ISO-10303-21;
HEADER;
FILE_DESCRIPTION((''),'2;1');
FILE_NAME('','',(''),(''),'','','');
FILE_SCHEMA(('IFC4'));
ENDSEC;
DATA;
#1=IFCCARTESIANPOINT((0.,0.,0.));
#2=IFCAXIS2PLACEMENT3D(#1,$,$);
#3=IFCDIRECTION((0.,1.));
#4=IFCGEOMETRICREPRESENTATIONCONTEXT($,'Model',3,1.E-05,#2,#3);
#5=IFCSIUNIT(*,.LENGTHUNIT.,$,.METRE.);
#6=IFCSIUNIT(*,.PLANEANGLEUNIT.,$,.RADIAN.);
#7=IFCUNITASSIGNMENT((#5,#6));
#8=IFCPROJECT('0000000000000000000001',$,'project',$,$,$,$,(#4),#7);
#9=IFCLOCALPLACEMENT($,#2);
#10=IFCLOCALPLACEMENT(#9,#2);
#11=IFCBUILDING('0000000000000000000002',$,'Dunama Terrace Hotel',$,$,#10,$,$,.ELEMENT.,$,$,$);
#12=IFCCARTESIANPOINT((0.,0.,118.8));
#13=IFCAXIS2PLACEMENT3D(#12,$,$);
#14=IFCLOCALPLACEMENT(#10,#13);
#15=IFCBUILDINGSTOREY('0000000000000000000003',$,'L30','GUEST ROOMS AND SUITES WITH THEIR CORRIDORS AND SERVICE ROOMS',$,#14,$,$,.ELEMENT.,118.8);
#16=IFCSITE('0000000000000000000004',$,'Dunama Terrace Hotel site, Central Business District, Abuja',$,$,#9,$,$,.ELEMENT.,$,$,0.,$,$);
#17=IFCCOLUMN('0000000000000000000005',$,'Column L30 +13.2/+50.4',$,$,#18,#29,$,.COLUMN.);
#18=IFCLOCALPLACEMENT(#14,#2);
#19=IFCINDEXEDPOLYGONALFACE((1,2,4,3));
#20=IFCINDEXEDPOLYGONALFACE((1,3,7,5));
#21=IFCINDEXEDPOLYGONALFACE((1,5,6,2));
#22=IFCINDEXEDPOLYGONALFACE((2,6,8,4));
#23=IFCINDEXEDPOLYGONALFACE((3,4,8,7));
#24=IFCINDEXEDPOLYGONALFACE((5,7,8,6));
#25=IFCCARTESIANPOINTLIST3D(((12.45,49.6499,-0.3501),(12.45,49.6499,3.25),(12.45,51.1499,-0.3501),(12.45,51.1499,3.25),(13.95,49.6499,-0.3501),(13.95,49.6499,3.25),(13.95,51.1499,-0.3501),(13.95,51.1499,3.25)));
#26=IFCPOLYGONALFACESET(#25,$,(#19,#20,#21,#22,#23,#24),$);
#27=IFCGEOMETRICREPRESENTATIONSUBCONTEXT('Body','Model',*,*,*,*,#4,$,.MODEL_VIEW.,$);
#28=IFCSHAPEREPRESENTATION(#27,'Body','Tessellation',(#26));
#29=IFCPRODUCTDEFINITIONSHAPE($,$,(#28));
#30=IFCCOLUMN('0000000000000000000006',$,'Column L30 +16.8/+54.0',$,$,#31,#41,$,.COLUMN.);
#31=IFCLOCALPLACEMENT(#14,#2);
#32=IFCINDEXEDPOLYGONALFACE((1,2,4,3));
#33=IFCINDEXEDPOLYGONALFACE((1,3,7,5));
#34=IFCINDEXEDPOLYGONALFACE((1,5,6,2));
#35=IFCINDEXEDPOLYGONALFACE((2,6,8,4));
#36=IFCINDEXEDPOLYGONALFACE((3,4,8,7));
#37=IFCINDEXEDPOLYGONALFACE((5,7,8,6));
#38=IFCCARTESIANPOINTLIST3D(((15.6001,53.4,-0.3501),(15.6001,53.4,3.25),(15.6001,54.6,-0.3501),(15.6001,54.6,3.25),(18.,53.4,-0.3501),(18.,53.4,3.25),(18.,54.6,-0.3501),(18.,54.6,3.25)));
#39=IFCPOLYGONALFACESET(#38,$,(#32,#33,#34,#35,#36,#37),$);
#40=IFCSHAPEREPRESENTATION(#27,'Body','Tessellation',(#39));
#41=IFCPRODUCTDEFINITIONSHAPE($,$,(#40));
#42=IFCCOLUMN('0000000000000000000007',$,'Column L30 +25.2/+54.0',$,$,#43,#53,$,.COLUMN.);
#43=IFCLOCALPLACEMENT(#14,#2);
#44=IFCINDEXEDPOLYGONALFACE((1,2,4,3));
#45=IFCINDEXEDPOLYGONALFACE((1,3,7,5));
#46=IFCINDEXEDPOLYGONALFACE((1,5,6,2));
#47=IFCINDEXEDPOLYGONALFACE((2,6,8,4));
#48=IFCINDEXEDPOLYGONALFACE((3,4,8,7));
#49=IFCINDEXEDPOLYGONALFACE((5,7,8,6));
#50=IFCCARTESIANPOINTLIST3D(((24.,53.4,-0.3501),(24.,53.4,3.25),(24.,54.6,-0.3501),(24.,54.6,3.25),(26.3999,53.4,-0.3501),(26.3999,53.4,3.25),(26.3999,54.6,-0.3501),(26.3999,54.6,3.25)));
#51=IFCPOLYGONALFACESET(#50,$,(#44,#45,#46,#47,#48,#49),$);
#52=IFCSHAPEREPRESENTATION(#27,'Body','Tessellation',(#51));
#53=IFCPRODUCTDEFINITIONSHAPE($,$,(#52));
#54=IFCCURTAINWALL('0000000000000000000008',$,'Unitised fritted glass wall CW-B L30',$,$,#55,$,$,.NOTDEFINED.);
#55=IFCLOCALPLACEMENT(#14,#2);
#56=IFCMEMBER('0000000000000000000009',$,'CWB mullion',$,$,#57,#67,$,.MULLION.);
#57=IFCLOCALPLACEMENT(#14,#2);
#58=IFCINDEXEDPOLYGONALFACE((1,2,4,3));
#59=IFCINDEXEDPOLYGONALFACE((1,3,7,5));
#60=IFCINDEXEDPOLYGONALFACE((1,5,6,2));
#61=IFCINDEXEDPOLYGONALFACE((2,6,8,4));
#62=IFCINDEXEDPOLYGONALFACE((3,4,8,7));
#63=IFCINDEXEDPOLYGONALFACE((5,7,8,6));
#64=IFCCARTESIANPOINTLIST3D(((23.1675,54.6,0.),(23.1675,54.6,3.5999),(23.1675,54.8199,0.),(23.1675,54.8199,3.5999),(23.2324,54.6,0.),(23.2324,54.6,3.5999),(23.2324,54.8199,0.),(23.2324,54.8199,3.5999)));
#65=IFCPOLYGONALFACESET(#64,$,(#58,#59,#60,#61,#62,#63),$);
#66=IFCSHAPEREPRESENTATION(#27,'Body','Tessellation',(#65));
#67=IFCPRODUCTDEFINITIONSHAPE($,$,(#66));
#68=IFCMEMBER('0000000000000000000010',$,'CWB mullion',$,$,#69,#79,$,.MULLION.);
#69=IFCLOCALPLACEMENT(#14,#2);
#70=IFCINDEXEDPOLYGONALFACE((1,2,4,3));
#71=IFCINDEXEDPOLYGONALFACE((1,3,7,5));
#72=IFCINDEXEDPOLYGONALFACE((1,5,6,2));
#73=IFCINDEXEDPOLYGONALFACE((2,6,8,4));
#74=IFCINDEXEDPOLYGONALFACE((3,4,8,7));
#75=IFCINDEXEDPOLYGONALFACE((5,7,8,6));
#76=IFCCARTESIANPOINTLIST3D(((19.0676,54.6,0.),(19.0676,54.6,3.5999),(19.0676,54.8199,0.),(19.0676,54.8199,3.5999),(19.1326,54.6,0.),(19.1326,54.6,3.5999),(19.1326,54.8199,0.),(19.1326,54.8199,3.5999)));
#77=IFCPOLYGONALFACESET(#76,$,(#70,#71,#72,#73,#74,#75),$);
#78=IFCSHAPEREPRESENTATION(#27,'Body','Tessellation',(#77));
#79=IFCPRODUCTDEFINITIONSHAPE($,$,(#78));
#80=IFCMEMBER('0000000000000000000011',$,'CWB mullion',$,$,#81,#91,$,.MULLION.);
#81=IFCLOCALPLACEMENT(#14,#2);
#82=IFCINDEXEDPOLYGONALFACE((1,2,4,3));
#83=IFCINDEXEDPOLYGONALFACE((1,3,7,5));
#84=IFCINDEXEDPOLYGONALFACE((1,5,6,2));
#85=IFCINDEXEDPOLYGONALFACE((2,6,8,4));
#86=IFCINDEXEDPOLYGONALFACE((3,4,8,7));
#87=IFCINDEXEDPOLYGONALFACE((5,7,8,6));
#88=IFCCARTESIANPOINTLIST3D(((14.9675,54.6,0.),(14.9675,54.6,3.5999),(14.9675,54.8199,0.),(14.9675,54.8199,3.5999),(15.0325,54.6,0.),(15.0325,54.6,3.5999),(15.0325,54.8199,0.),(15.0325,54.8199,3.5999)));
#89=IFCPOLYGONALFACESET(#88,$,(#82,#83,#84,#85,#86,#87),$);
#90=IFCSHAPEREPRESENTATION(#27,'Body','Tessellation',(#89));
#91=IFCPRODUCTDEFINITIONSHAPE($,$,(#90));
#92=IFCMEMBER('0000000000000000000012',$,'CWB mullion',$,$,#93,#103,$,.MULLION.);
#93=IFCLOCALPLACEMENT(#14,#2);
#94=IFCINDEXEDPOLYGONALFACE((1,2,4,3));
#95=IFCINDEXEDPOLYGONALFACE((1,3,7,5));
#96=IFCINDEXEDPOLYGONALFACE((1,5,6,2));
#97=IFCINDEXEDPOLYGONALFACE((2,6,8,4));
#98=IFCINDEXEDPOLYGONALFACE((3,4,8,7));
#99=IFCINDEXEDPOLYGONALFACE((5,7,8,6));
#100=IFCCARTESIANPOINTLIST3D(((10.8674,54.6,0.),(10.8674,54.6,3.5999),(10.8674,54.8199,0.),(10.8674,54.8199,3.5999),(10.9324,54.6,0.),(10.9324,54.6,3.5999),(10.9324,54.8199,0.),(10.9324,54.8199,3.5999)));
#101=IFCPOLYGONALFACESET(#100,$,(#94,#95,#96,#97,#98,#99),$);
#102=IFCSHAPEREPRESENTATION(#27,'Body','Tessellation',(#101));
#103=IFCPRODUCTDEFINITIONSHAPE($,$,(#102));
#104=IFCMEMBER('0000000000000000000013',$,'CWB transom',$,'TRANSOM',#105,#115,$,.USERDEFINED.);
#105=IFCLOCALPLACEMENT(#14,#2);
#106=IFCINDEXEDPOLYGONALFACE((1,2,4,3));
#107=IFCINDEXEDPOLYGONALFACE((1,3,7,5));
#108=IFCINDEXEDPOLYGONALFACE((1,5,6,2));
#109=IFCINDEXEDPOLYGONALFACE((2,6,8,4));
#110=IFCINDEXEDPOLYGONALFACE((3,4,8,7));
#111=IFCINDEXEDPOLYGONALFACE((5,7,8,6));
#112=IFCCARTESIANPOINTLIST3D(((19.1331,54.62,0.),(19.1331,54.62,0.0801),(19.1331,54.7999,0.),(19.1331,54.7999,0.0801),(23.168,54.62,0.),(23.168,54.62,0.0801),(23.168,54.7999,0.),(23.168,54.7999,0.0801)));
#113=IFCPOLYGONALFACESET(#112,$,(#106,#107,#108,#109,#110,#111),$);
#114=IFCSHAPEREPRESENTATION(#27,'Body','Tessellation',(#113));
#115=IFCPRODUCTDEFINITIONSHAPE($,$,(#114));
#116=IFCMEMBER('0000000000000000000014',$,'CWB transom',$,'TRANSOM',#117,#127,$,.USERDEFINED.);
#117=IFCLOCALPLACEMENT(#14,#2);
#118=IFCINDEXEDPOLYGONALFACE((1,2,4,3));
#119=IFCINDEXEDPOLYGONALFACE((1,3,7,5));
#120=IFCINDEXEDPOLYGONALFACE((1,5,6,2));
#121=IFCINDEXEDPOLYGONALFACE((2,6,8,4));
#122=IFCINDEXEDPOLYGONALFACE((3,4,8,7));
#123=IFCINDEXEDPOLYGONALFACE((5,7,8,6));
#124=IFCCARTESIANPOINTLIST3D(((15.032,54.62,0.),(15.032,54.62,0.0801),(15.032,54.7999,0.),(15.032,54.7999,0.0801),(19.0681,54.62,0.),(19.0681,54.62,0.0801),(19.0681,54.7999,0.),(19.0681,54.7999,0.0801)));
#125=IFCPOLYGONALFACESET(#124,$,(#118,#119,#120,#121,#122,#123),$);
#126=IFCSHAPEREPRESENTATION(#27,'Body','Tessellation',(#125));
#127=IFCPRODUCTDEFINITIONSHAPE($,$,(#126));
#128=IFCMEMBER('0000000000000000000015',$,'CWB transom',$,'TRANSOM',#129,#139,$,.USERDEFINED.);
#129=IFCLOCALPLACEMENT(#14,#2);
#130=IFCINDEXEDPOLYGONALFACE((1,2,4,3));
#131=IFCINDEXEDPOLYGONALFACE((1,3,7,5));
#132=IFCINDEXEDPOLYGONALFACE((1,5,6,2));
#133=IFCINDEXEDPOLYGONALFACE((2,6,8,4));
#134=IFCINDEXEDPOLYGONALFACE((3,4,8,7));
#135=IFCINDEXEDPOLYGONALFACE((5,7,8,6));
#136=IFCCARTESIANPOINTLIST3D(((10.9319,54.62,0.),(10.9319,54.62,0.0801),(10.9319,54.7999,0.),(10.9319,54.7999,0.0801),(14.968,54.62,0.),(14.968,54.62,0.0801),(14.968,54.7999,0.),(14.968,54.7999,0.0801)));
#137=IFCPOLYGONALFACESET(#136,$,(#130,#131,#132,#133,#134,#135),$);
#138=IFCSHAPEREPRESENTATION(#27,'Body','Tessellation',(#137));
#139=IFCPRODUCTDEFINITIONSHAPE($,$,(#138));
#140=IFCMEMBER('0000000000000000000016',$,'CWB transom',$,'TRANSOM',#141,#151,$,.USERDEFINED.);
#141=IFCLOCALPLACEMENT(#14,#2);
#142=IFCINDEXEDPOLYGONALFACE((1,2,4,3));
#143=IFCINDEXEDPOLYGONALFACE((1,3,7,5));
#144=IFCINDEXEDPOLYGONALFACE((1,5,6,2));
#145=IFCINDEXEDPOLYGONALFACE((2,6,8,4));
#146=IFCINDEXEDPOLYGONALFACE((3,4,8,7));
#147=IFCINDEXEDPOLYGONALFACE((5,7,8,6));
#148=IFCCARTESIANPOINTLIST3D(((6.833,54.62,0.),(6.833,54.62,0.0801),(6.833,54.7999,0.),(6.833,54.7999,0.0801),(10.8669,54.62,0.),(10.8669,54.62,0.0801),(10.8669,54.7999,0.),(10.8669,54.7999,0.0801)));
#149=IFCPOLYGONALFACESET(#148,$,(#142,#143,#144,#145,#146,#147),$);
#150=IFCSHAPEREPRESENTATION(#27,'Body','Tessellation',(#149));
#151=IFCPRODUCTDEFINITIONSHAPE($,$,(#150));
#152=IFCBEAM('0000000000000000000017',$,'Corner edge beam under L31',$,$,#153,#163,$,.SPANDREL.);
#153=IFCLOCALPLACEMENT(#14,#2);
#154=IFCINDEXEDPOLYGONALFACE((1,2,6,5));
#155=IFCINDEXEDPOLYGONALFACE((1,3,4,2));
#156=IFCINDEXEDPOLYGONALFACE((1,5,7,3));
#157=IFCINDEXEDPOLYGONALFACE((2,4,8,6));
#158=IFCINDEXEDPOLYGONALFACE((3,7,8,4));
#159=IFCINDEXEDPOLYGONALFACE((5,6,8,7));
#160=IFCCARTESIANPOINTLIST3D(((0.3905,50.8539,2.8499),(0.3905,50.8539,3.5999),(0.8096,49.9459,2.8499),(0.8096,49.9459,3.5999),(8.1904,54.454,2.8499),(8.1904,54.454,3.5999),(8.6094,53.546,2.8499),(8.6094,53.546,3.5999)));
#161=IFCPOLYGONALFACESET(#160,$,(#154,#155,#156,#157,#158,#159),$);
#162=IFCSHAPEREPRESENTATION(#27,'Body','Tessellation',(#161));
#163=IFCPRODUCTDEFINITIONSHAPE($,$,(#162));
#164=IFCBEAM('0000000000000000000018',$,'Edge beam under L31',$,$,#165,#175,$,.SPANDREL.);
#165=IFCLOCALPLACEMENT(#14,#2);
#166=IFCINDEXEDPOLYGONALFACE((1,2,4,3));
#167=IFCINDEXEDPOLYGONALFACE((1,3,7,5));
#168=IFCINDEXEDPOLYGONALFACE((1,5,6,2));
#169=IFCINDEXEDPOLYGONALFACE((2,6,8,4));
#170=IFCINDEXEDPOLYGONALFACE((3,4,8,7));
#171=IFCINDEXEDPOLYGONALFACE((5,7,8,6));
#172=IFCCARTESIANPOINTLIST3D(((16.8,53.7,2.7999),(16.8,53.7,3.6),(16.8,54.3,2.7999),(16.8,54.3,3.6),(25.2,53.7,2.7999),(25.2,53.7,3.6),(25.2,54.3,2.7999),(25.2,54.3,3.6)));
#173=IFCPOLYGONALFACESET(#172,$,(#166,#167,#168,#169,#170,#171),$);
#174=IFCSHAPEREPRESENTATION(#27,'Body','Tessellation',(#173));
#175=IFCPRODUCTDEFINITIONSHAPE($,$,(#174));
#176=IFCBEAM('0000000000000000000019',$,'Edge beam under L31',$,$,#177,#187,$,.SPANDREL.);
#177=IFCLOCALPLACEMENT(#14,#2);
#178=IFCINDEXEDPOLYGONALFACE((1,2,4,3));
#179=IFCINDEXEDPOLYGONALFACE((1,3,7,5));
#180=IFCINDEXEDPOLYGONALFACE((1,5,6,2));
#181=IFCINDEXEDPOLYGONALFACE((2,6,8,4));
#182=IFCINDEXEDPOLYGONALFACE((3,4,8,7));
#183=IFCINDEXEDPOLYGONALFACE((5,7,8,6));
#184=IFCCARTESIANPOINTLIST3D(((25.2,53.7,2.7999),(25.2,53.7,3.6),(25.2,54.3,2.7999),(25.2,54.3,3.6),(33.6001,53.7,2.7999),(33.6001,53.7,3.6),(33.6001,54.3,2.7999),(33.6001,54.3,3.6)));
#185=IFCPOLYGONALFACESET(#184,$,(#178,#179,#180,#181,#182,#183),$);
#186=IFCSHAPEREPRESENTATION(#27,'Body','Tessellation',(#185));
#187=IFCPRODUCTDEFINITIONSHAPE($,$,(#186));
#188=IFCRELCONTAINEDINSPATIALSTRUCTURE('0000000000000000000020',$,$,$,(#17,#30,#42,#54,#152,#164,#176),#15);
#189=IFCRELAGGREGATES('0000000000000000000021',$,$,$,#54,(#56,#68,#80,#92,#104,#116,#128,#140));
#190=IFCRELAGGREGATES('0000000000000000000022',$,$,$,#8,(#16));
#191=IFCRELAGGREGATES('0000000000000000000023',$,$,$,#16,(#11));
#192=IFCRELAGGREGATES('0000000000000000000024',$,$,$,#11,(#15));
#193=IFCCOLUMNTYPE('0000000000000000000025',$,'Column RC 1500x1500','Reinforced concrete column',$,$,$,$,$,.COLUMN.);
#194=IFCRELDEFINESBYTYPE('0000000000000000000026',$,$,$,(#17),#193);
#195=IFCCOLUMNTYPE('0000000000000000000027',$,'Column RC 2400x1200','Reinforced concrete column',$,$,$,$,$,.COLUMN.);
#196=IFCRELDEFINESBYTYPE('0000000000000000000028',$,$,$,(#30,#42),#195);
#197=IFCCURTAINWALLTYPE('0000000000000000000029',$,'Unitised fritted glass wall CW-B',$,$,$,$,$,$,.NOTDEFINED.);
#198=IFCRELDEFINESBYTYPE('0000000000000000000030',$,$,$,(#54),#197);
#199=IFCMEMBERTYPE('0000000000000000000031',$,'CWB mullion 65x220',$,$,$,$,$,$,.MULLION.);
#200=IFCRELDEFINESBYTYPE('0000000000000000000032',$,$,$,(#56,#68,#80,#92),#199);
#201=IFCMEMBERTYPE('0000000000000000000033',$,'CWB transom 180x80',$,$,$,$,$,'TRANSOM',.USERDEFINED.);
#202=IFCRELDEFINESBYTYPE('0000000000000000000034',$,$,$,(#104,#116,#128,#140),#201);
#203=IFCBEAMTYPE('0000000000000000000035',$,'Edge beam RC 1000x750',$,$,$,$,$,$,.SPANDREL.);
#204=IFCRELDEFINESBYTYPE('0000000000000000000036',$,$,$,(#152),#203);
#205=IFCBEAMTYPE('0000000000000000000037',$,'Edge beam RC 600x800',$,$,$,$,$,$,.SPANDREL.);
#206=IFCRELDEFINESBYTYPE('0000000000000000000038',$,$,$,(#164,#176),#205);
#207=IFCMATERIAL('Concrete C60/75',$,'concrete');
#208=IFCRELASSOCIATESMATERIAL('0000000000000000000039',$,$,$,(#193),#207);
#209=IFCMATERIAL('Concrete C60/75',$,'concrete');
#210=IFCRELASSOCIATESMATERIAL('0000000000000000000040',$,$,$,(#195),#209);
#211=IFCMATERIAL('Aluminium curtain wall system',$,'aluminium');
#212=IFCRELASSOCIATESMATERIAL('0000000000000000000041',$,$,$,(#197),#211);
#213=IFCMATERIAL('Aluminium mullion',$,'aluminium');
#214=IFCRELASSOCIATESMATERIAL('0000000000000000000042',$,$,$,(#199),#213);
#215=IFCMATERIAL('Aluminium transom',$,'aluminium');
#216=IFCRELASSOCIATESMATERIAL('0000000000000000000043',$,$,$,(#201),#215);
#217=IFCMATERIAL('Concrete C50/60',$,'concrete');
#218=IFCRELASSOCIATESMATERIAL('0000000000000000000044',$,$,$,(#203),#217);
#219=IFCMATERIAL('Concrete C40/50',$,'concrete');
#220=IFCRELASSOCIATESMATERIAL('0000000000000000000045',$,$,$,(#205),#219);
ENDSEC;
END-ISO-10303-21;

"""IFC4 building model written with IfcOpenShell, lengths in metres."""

from ifc_helpers import new_model, si_unit, direction, frame, origin, origin_2d, place, context, subcontext, project, spatial, rectangle, extrude, material, material_profile, profile_set, type_object, element, aggregate, save


model = new_model("IFC4")

# Units and contexts
model_context = context("Model", 3, precision=1e-05, world=origin(), true_north=direction((0.0, 1.0)))
body_context = subcontext(model_context, "Body", "Model", "MODEL_VIEW")
ifc_project = project(units=[si_unit("LENGTHUNIT", "METRE"), si_unit("PLANEANGLEUNIT", "RADIAN")], contexts=[model_context])

# Site, building, storey
site_placement = place(None, origin())
site = spatial("IfcSite", under=ifc_project, at=site_placement, Name="Dunama Terrace Hotel site, Central Business District, Abuja", CompositionType="ELEMENT", RefElevation=0.0)
building_placement = place(site_placement, origin())
building = spatial("IfcBuilding", under=site, at=building_placement, Name="Dunama Terrace Hotel", CompositionType="ELEMENT")
storey_placement = place(building_placement, frame((0.0, 0.0, 118.8)))
storey = spatial("IfcBuildingStorey", under=building, at=storey_placement, Name="L30", Description="GUEST ROOMS AND SUITES WITH THEIR CORRIDORS AND SERVICE ROOMS", CompositionType="ELEMENT", Elevation=118.8)

# Columns
ifc_material_1 = material(Name="Concrete C60/75", Category="concrete")
ifc_material_profile_1 = material_profile(ifc_material_1, rectangle(XDim=1.5, YDim=1.5, at=origin_2d()), Name="RC 1500x1500")
ifc_profile_set_1 = profile_set([ifc_material_profile_1], Name="Concrete C60/75")
column_type_1 = type_object("IfcColumnType", Name="Column RC 1500x1500", Description="Reinforced concrete column", PredefinedType="COLUMN", material=ifc_profile_set_1)
column_placement = place(storey_placement, frame((13.2, 50.3999, -0.3501), z_axis=(0.0, 0.0, 1.0), x_axis=(1.0, 0.0, 0.0)))
element("IfcColumn", 1, at=column_placement, inside=storey, type_object=column_type_1, Name="Column L30 +13.2/+50.4", PredefinedType="COLUMN", context=body_context, shape_type="SweptSolid", body=[
    extrude(rectangle(XDim=1.5, YDim=1.5, at=origin_2d()), origin(), (0.0, 0.0, 1.0), 3.6001),
])
ifc_material_2 = material(Name="Concrete C60/75", Category="concrete")
ifc_material_profile_2 = material_profile(ifc_material_2, rectangle(XDim=2.3999, YDim=1.2, at=origin_2d()), Name="RC 2400x1200")
ifc_profile_set_2 = profile_set([ifc_material_profile_2], Name="Concrete C60/75")
column_type_2 = type_object("IfcColumnType", Name="Column RC 2400x1200", Description="Reinforced concrete column", PredefinedType="COLUMN", material=ifc_profile_set_2)
for number, where, z_axis, x_axis, name in (
    (2, (16.8, 54.0, -0.3501), (0.0, 0.0, 1.0), (1.0, 0.0, 0.0), "Column L30 +16.8/+54.0"),
    (3, (25.2, 54.0, -0.3501), (0.0, 0.0, 1.0), (1.0, 0.0, 0.0), "Column L30 +25.2/+54.0"),
):
    element("IfcColumn", number, at=place(storey_placement, frame(where, z_axis=z_axis, x_axis=x_axis)), inside=storey, type_object=column_type_2, Name=name, PredefinedType="COLUMN", context=body_context, shape_type="SweptSolid", body=[
        extrude(rectangle(XDim=2.3999, YDim=1.2, at=origin_2d()), origin(), (0.0, 0.0, 1.0), 3.6001),
    ])

# Curtain wall, members
ifc_material_3 = material(Name="Aluminium curtain wall system", Category="aluminium")
curtain_wall_type = type_object("IfcCurtainWallType", Name="Unitised fritted glass wall CW-B", PredefinedType="NOTDEFINED", material=ifc_material_3)
curtain_wall_placement = place(storey_placement, origin())
curtain_wall = element("IfcCurtainWall", 4, at=curtain_wall_placement, inside=storey, type_object=curtain_wall_type, Name="Unitised fritted glass wall CW-B L30", PredefinedType="NOTDEFINED")
ifc_material_4 = material(Name="Aluminium mullion", Category="aluminium")
ifc_material_profile_3 = material_profile(ifc_material_4, rectangle(XDim=0.0649, YDim=0.22, at=origin_2d()), Name="CWB MULLION 65X220")
ifc_profile_set_3 = profile_set([ifc_material_profile_3], Name="Aluminium mullion")
member_type_1 = type_object("IfcMemberType", Name="CWB mullion 65x220", PredefinedType="MULLION", material=ifc_profile_set_3)
member_1_placement = place(storey_placement, frame((23.2, 54.71, 0.0), z_axis=(0.0, 0.0, 1.0), x_axis=(-1.0, 0.0, 0.0)))
member_1 = element("IfcMember", 5, at=member_1_placement, type_object=member_type_1, Name="CWB mullion", PredefinedType="MULLION", context=body_context, shape_type="SweptSolid", body=[
    extrude(rectangle(XDim=0.0649, YDim=0.22, at=origin_2d()), origin(), (0.0, 0.0, 1.0), 3.5999),
])
member_2_placement = place(storey_placement, frame((19.1001, 54.71, 0.0), z_axis=(0.0, 0.0, 1.0), x_axis=(-1.0, 0.0, 0.0)))
member_2 = element("IfcMember", 6, at=member_2_placement, type_object=member_type_1, Name="CWB mullion", PredefinedType="MULLION", context=body_context, shape_type="SweptSolid", body=[
    extrude(rectangle(XDim=0.0649, YDim=0.22, at=origin_2d()), origin(), (0.0, 0.0, 1.0), 3.5999),
])
member_3_placement = place(storey_placement, frame((15.0, 54.71, 0.0), z_axis=(0.0, 0.0, 1.0), x_axis=(-1.0, 0.0, 0.0)))
member_3 = element("IfcMember", 7, at=member_3_placement, type_object=member_type_1, Name="CWB mullion", PredefinedType="MULLION", context=body_context, shape_type="SweptSolid", body=[
    extrude(rectangle(XDim=0.0649, YDim=0.22, at=origin_2d()), origin(), (0.0, 0.0, 1.0), 3.5999),
])
member_4_placement = place(storey_placement, frame((10.8999, 54.71, 0.0), z_axis=(0.0, 0.0, 1.0), x_axis=(-1.0, 0.0, 0.0)))
member_4 = element("IfcMember", 8, at=member_4_placement, type_object=member_type_1, Name="CWB mullion", PredefinedType="MULLION", context=body_context, shape_type="SweptSolid", body=[
    extrude(rectangle(XDim=0.0649, YDim=0.22, at=origin_2d()), origin(), (0.0, 0.0, 1.0), 3.5999),
])
ifc_material_5 = material(Name="Aluminium transom", Category="aluminium")
ifc_material_profile_4 = material_profile(ifc_material_5, rectangle(XDim=0.1799, YDim=0.0801, at=origin_2d()), Name="CWB TRANSOM 180X80")
ifc_profile_set_4 = profile_set([ifc_material_profile_4], Name="Aluminium transom")
member_type_2 = type_object("IfcMemberType", Name="CWB transom 180x80", ElementType="TRANSOM", PredefinedType="USERDEFINED", material=ifc_profile_set_4)
member_5_placement = place(storey_placement, frame((23.168, 54.71, 0.04), z_axis=(-1.0, 0.0, 0.0), x_axis=(0.0, -1.0, 0.0)))
member_5 = element("IfcMember", 9, at=member_5_placement, type_object=member_type_2, Name="CWB transom", ObjectType="TRANSOM", PredefinedType="USERDEFINED", context=body_context, shape_type="SweptSolid", body=[
    extrude(rectangle(XDim=0.1799, YDim=0.0801, at=origin_2d()), origin(), (0.0, 0.0, 1.0), 4.0349),
])
member_6_placement = place(storey_placement, frame((19.0681, 54.71, 0.04), z_axis=(-1.0, 0.0, 0.0), x_axis=(0.0, -1.0, 0.0)))
member_6 = element("IfcMember", 10, at=member_6_placement, type_object=member_type_2, Name="CWB transom", ObjectType="TRANSOM", PredefinedType="USERDEFINED", context=body_context, shape_type="SweptSolid", body=[
    extrude(rectangle(XDim=0.1799, YDim=0.0801, at=origin_2d()), origin(), (0.0, 0.0, 1.0), 4.0361),
])
member_7_placement = place(storey_placement, frame((14.968, 54.71, 0.04), z_axis=(-1.0, 0.0, 0.0), x_axis=(0.0, -1.0, 0.0)))
member_7 = element("IfcMember", 11, at=member_7_placement, type_object=member_type_2, Name="CWB transom", ObjectType="TRANSOM", PredefinedType="USERDEFINED", context=body_context, shape_type="SweptSolid", body=[
    extrude(rectangle(XDim=0.1799, YDim=0.0801, at=origin_2d()), origin(), (0.0, 0.0, 1.0), 4.0361),
])
member_8_placement = place(storey_placement, frame((10.8669, 54.71, 0.04), z_axis=(-1.0, 0.0, 0.0), x_axis=(0.0, -1.0, 0.0)))
member_8 = element("IfcMember", 12, at=member_8_placement, type_object=member_type_2, Name="CWB transom", ObjectType="TRANSOM", PredefinedType="USERDEFINED", context=body_context, shape_type="SweptSolid", body=[
    extrude(rectangle(XDim=0.1799, YDim=0.0801, at=origin_2d()), origin(), (0.0, 0.0, 1.0), 4.0339),
])

# Beams
ifc_material_6 = material(Name="Concrete C50/60", Category="concrete")
ifc_material_profile_5 = material_profile(ifc_material_6, rectangle(XDim=1.0, YDim=0.75, at=origin_2d()), Name="RC 1000x750")
ifc_profile_set_5 = profile_set([ifc_material_profile_5], Name="Concrete C50/60")
beam_type_1 = type_object("IfcBeamType", Name="Edge beam RC 1000x750", PredefinedType="SPANDREL", material=ifc_profile_set_5)
beam_1_placement = place(storey_placement, frame((8.3999, 54.0, 3.2249), z_axis=(-0.907951, -0.419076, 0.0), x_axis=(0.419076, -0.907951, 0.0)))
element("IfcBeam", 13, at=beam_1_placement, inside=storey, type_object=beam_type_1, Name="Corner edge beam under L31", PredefinedType="SPANDREL", context=body_context, shape_type="SweptSolid", body=[
    extrude(rectangle(XDim=1.0, YDim=0.75, at=origin_2d()), origin(), (0.0, 0.0, 1.0), 8.5906),
])
ifc_material_7 = material(Name="Concrete C40/50", Category="concrete")
ifc_material_profile_6 = material_profile(ifc_material_7, rectangle(XDim=0.6001, YDim=0.8, at=origin_2d()), Name="RC 600x800")
ifc_profile_set_6 = profile_set([ifc_material_profile_6], Name="Concrete C40/50")
beam_type_2 = type_object("IfcBeamType", Name="Edge beam RC 600x800", PredefinedType="SPANDREL", material=ifc_profile_set_6)
beam_2_placement = place(storey_placement, frame((16.8, 54.0, 3.2), z_axis=(1.0, 0.0, 0.0), x_axis=(0.0, 1.0, 0.0)))
element("IfcBeam", 14, at=beam_2_placement, inside=storey, type_object=beam_type_2, Name="Edge beam under L31", PredefinedType="SPANDREL", context=body_context, shape_type="SweptSolid", body=[
    extrude(rectangle(XDim=0.6001, YDim=0.8, at=origin_2d()), origin(), (0.0, 0.0, 1.0), 8.3999),
])
beam_3_placement = place(storey_placement, frame((25.2, 54.0, 3.2), z_axis=(1.0, 0.0, 0.0), x_axis=(0.0, 1.0, 0.0)))
element("IfcBeam", 15, at=beam_3_placement, inside=storey, type_object=beam_type_2, Name="Edge beam under L31", PredefinedType="SPANDREL", context=body_context, shape_type="SweptSolid", body=[
    extrude(rectangle(XDim=0.6001, YDim=0.8, at=origin_2d()), origin(), (0.0, 0.0, 1.0), 8.4001),
])

aggregate(curtain_wall, [member_1, member_2, member_3, member_4, member_5, member_6, member_7, member_8])

save(model, "model.ifc")
